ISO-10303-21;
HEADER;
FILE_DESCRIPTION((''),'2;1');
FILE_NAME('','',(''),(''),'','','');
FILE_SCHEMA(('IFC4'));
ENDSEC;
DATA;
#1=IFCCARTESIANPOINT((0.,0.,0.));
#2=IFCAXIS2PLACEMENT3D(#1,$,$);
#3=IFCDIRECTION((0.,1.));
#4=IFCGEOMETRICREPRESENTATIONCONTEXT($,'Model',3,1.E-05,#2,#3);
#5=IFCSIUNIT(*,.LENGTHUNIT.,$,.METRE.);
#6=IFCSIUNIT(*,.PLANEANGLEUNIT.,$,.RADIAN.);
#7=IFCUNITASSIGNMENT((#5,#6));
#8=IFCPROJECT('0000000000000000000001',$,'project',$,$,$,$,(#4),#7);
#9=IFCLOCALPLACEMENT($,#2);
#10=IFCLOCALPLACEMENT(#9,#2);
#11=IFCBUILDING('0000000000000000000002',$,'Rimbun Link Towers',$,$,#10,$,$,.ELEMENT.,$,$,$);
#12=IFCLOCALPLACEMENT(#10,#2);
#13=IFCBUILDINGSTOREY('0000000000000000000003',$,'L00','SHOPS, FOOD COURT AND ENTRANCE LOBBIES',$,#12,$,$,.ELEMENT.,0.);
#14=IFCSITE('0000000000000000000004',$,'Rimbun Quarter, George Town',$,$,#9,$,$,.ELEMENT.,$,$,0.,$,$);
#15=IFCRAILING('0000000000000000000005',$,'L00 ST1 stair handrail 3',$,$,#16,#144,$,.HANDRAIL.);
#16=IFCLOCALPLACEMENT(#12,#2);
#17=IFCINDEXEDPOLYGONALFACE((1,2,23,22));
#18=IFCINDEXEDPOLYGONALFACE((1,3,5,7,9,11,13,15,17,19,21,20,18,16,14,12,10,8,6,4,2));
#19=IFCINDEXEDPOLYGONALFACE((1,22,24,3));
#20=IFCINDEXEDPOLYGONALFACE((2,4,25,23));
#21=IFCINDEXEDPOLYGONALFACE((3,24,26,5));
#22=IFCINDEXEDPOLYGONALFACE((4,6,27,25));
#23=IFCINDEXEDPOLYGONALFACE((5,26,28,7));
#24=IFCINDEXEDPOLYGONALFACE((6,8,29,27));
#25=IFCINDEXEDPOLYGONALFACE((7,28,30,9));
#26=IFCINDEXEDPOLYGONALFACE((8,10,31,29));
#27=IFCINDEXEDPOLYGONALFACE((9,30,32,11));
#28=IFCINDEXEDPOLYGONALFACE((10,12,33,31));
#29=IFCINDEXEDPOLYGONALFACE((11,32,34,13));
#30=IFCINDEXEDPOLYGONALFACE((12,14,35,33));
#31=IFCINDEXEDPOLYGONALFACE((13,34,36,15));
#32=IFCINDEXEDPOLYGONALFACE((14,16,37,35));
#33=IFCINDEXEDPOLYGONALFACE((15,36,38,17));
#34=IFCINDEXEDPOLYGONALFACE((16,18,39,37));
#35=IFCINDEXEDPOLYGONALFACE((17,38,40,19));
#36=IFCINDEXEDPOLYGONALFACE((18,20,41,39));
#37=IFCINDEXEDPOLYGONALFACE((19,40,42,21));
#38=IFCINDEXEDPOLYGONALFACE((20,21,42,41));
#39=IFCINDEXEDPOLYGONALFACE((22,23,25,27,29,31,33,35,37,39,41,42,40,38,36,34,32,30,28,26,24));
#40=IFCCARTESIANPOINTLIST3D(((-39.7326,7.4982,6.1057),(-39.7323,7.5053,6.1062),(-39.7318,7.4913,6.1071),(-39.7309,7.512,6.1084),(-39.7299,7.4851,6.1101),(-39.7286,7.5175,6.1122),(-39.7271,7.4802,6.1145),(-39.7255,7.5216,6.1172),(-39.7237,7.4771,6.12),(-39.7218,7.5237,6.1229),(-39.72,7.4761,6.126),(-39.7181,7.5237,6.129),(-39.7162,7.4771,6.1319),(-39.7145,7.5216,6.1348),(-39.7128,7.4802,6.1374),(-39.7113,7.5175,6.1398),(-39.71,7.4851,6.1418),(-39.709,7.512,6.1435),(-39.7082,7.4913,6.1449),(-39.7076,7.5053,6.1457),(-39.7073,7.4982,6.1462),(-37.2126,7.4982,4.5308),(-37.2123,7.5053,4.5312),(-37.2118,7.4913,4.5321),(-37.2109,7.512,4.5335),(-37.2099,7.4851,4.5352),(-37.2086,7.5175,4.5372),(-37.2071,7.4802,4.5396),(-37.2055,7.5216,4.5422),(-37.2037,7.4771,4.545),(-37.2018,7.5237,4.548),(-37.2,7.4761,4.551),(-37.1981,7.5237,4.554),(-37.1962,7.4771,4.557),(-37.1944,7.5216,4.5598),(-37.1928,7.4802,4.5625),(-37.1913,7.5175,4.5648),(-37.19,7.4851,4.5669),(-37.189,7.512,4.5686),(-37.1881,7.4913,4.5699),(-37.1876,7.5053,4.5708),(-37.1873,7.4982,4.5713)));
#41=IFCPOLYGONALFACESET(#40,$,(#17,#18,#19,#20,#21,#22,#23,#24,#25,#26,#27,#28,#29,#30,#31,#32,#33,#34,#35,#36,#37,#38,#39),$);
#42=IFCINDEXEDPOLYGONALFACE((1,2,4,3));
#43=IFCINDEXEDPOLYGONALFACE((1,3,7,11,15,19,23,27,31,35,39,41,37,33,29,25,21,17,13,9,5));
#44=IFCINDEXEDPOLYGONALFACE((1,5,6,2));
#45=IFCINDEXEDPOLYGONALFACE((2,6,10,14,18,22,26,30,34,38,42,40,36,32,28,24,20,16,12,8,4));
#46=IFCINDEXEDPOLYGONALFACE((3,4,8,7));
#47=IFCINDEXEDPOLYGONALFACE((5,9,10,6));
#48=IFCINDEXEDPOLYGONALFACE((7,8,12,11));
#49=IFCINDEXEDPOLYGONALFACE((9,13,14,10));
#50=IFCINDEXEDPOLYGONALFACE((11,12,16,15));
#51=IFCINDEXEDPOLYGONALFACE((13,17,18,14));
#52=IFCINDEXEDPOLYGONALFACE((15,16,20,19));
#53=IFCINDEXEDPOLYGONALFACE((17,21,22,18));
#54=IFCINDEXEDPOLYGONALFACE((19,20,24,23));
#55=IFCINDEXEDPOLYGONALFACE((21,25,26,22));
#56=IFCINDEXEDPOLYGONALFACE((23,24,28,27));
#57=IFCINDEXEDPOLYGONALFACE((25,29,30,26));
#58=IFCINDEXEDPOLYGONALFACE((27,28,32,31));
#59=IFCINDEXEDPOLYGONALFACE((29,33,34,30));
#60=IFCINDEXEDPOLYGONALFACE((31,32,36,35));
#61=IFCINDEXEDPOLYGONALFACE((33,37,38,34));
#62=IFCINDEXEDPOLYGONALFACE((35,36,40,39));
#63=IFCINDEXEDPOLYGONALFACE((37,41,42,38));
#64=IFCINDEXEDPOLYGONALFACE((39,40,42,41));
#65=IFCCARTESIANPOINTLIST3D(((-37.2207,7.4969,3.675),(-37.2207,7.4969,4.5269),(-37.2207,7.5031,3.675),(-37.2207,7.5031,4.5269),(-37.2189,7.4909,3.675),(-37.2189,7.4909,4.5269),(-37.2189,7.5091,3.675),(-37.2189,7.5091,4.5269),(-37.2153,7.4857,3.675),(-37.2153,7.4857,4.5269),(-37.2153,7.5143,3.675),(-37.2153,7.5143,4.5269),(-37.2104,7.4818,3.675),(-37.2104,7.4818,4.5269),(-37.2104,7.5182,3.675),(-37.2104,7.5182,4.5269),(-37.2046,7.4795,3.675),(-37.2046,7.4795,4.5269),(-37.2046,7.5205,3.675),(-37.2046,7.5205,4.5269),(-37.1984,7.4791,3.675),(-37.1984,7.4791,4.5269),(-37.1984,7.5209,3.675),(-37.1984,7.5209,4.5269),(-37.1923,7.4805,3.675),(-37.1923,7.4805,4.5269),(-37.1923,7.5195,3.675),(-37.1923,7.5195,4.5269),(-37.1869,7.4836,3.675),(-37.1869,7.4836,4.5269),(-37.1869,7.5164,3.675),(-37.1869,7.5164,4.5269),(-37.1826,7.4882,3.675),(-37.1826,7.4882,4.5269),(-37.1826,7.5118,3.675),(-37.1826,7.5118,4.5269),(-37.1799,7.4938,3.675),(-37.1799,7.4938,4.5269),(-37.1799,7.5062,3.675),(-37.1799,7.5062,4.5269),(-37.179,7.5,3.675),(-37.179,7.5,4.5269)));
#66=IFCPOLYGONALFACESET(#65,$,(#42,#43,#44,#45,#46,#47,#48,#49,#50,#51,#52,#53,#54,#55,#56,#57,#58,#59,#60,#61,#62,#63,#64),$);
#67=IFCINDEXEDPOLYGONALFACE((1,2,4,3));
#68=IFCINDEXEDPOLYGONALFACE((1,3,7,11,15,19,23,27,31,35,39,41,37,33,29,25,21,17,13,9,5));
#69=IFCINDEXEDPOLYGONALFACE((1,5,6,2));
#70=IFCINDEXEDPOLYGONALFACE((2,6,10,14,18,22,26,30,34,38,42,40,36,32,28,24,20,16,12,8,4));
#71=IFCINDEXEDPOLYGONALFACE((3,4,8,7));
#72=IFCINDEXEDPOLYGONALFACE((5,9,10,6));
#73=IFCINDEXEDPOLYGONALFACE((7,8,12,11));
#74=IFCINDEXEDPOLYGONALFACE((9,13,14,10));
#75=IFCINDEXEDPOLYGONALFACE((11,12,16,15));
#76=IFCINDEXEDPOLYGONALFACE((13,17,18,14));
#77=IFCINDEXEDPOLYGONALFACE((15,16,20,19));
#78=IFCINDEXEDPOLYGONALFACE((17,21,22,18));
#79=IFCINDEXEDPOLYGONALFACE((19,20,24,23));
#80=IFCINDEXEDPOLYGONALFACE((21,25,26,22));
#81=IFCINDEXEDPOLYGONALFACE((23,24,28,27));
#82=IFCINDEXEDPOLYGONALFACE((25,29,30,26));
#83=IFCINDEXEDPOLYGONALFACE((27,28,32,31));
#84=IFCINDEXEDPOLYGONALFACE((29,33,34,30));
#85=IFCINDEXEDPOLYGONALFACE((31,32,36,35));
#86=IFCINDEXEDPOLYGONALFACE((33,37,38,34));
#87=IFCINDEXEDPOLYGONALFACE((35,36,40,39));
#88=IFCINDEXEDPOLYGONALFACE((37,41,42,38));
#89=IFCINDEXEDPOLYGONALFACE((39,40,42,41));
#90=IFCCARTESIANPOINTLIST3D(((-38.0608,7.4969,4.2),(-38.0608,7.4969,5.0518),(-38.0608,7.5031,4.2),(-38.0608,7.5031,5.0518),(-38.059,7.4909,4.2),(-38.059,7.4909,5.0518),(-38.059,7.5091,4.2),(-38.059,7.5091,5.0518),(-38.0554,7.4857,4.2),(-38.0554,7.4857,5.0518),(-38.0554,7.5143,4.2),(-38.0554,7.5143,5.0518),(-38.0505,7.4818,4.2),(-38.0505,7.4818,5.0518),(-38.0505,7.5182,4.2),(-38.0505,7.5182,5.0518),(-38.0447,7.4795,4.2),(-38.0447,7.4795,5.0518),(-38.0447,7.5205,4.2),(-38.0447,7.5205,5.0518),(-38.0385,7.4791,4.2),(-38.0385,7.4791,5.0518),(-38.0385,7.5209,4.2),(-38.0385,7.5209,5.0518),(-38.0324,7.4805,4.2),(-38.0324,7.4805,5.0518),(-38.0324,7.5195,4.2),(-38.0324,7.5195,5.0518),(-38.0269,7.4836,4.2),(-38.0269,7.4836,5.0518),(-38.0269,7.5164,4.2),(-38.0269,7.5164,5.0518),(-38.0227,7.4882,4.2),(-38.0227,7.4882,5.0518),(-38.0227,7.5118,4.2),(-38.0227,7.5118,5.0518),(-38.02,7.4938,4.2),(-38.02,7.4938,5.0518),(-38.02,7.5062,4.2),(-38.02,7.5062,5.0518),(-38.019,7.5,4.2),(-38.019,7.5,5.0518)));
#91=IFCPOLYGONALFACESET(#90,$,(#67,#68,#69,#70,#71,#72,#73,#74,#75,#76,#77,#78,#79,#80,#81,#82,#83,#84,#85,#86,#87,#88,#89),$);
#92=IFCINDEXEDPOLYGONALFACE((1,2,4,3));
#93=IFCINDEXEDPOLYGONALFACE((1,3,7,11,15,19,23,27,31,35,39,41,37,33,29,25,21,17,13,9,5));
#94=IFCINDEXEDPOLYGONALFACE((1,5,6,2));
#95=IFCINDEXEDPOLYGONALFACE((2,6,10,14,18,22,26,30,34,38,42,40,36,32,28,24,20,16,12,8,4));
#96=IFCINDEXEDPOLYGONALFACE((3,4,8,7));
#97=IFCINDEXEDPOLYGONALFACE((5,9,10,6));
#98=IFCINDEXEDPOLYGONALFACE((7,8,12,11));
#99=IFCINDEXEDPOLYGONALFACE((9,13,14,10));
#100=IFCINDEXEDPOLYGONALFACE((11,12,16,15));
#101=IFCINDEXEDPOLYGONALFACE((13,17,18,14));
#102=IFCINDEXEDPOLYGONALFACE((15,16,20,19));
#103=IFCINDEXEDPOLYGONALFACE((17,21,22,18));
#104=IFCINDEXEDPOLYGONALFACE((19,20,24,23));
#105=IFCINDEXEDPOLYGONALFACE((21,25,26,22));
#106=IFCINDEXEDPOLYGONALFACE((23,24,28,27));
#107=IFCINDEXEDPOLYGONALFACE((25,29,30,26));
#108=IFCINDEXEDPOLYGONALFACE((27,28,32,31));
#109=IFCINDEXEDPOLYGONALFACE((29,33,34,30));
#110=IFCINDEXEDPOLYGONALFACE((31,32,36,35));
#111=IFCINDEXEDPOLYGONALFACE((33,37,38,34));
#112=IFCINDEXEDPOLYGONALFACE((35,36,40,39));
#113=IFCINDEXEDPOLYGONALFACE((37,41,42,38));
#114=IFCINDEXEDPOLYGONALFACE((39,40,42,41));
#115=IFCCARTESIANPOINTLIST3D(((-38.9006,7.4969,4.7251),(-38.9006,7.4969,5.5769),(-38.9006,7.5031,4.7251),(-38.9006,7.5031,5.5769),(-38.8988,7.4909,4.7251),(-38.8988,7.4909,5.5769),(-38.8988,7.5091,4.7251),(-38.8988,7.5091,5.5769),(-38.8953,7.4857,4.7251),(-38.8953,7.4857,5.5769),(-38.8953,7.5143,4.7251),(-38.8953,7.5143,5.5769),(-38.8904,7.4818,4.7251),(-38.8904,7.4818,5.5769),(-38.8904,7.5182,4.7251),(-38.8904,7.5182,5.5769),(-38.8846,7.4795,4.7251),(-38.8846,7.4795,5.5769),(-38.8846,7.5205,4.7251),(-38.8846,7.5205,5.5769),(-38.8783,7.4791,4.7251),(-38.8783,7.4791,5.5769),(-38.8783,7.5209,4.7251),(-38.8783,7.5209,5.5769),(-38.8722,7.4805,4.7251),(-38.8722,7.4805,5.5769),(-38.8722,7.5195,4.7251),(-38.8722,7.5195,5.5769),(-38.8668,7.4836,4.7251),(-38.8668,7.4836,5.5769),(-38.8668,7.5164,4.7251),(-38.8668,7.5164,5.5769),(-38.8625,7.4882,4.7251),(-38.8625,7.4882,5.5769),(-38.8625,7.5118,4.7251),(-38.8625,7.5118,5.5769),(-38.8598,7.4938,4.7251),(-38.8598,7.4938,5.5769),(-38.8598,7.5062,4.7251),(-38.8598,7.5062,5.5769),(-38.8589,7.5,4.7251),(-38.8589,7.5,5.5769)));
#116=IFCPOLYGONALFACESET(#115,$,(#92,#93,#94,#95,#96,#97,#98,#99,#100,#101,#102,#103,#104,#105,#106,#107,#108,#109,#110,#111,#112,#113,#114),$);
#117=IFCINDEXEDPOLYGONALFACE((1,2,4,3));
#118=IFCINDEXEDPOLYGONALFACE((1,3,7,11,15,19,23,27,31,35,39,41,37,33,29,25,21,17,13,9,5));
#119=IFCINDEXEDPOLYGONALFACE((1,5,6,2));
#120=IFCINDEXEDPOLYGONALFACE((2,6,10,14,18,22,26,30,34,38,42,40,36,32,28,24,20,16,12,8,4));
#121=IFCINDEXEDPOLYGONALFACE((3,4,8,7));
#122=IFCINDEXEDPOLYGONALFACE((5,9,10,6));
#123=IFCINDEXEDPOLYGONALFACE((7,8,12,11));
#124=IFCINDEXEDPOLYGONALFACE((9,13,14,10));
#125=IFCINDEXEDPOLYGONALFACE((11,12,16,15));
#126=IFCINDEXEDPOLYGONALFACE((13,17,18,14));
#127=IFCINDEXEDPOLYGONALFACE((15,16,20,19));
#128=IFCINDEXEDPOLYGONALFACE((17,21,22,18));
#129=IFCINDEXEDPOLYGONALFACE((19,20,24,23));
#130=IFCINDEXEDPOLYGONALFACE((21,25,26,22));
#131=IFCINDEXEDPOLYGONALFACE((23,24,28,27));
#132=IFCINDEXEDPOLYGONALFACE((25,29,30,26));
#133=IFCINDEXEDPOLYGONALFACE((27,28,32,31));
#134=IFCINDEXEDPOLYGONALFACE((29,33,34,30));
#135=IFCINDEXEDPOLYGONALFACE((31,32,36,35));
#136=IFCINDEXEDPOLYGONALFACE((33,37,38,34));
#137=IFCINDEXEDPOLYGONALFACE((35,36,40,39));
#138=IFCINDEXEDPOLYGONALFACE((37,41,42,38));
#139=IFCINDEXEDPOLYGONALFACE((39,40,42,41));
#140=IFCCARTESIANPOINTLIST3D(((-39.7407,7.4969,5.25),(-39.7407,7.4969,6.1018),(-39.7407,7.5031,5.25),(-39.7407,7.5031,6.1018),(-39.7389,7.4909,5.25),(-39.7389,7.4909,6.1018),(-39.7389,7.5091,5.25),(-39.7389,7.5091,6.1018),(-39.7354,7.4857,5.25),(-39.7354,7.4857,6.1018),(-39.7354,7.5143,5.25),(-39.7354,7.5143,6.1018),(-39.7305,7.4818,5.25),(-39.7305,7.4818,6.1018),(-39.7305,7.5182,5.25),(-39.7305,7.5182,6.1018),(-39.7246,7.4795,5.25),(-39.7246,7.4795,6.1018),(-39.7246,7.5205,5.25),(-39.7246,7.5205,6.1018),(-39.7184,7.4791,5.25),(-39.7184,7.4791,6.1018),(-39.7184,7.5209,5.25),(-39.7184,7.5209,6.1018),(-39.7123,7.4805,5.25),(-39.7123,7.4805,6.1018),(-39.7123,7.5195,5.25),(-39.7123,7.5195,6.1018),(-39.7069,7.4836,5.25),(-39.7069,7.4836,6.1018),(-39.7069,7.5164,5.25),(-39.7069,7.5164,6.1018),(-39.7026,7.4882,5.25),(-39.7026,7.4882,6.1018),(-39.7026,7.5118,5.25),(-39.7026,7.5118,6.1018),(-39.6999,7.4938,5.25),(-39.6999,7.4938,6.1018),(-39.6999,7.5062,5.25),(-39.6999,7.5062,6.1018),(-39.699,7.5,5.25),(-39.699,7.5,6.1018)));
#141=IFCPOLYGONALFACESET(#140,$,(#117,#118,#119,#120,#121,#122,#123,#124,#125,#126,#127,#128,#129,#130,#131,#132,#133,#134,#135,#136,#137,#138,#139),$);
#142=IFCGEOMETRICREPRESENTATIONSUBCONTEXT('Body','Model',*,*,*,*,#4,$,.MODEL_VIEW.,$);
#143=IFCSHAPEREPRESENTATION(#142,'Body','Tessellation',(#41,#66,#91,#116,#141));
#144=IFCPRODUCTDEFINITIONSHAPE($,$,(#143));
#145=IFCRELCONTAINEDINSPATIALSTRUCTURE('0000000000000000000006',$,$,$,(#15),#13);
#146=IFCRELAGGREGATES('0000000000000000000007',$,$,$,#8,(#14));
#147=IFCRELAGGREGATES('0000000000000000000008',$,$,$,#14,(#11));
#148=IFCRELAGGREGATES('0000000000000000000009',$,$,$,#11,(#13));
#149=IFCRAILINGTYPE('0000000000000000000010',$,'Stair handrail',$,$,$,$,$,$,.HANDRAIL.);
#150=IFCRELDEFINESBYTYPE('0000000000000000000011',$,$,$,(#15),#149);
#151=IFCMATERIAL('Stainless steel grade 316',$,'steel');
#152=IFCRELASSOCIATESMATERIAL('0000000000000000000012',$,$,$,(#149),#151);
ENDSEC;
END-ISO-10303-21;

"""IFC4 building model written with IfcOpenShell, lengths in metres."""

from ifc_helpers import new_model, si_unit, direction, frame, origin, origin_2d, place, context, subcontext, project, spatial, circle, extrude, material, type_object, element, save


model = new_model("IFC4")

# Units and contexts
model_context = context("Model", 3, precision=1e-05, world=origin(), true_north=direction((0.0, 1.0)))
body_context = subcontext(model_context, "Body", "Model", "MODEL_VIEW")
ifc_project = project(units=[si_unit("LENGTHUNIT", "METRE"), si_unit("PLANEANGLEUNIT", "RADIAN")], contexts=[model_context])

# Site, building, storey
site_placement = place(None, origin())
site = spatial("IfcSite", under=ifc_project, at=site_placement, Name="Rimbun Quarter, George Town", CompositionType="ELEMENT", RefElevation=0.0)
building_placement = place(site_placement, origin())
building = spatial("IfcBuilding", under=site, at=building_placement, Name="Rimbun Link Towers", CompositionType="ELEMENT")
storey_placement = place(building_placement, origin())
storey = spatial("IfcBuildingStorey", under=building, at=storey_placement, Name="L00", Description="SHOPS, FOOD COURT AND ENTRANCE LOBBIES", CompositionType="ELEMENT", Elevation=0.0)

# Railing
ifc_material_1 = material(Name="Stainless steel grade 316", Category="steel")
railing_type_1 = type_object("IfcRailingType", Name="Stair handrail", PredefinedType="HANDRAIL", material=ifc_material_1)
for number, where, name in (
    (1, (-37.2, 7.5, 3.675), "L00 ST1 stair handrail 3"),
):
    element("IfcRailing", number, at=place(storey_placement, frame(where)), inside=storey, type_object=railing_type_1, Name=name, PredefinedType="HANDRAIL", context=body_context, shape_type="SweptSolid", body=[
        extrude(circle(Radius=0.0239, at=origin_2d()), frame((0.0, 0.0, 0.876), z_axis=(-0.848008, 0.0, 0.529984), x_axis=(0.0, -1.0, 0.0)), (0.0, 0.0, 1.0), 2.9717),
        extrude(circle(Radius=0.021, at=origin_2d()), origin(), (0.0, 0.0, 1.0), 0.8518),
        extrude(circle(Radius=0.021, at=origin_2d()), frame((-0.8401, 0.0, 0.5249)), (0.0, 0.0, 1.0), 0.8518),
        extrude(circle(Radius=0.021, at=origin_2d()), frame((-1.6799, 0.0, 1.05)), (0.0, 0.0, 1.0), 0.8518),
        extrude(circle(Radius=0.021, at=origin_2d()), frame((-2.52, 0.0, 1.575)), (0.0, 0.0, 1.0), 0.8518),
    ])

save(model, "model.ifc")
